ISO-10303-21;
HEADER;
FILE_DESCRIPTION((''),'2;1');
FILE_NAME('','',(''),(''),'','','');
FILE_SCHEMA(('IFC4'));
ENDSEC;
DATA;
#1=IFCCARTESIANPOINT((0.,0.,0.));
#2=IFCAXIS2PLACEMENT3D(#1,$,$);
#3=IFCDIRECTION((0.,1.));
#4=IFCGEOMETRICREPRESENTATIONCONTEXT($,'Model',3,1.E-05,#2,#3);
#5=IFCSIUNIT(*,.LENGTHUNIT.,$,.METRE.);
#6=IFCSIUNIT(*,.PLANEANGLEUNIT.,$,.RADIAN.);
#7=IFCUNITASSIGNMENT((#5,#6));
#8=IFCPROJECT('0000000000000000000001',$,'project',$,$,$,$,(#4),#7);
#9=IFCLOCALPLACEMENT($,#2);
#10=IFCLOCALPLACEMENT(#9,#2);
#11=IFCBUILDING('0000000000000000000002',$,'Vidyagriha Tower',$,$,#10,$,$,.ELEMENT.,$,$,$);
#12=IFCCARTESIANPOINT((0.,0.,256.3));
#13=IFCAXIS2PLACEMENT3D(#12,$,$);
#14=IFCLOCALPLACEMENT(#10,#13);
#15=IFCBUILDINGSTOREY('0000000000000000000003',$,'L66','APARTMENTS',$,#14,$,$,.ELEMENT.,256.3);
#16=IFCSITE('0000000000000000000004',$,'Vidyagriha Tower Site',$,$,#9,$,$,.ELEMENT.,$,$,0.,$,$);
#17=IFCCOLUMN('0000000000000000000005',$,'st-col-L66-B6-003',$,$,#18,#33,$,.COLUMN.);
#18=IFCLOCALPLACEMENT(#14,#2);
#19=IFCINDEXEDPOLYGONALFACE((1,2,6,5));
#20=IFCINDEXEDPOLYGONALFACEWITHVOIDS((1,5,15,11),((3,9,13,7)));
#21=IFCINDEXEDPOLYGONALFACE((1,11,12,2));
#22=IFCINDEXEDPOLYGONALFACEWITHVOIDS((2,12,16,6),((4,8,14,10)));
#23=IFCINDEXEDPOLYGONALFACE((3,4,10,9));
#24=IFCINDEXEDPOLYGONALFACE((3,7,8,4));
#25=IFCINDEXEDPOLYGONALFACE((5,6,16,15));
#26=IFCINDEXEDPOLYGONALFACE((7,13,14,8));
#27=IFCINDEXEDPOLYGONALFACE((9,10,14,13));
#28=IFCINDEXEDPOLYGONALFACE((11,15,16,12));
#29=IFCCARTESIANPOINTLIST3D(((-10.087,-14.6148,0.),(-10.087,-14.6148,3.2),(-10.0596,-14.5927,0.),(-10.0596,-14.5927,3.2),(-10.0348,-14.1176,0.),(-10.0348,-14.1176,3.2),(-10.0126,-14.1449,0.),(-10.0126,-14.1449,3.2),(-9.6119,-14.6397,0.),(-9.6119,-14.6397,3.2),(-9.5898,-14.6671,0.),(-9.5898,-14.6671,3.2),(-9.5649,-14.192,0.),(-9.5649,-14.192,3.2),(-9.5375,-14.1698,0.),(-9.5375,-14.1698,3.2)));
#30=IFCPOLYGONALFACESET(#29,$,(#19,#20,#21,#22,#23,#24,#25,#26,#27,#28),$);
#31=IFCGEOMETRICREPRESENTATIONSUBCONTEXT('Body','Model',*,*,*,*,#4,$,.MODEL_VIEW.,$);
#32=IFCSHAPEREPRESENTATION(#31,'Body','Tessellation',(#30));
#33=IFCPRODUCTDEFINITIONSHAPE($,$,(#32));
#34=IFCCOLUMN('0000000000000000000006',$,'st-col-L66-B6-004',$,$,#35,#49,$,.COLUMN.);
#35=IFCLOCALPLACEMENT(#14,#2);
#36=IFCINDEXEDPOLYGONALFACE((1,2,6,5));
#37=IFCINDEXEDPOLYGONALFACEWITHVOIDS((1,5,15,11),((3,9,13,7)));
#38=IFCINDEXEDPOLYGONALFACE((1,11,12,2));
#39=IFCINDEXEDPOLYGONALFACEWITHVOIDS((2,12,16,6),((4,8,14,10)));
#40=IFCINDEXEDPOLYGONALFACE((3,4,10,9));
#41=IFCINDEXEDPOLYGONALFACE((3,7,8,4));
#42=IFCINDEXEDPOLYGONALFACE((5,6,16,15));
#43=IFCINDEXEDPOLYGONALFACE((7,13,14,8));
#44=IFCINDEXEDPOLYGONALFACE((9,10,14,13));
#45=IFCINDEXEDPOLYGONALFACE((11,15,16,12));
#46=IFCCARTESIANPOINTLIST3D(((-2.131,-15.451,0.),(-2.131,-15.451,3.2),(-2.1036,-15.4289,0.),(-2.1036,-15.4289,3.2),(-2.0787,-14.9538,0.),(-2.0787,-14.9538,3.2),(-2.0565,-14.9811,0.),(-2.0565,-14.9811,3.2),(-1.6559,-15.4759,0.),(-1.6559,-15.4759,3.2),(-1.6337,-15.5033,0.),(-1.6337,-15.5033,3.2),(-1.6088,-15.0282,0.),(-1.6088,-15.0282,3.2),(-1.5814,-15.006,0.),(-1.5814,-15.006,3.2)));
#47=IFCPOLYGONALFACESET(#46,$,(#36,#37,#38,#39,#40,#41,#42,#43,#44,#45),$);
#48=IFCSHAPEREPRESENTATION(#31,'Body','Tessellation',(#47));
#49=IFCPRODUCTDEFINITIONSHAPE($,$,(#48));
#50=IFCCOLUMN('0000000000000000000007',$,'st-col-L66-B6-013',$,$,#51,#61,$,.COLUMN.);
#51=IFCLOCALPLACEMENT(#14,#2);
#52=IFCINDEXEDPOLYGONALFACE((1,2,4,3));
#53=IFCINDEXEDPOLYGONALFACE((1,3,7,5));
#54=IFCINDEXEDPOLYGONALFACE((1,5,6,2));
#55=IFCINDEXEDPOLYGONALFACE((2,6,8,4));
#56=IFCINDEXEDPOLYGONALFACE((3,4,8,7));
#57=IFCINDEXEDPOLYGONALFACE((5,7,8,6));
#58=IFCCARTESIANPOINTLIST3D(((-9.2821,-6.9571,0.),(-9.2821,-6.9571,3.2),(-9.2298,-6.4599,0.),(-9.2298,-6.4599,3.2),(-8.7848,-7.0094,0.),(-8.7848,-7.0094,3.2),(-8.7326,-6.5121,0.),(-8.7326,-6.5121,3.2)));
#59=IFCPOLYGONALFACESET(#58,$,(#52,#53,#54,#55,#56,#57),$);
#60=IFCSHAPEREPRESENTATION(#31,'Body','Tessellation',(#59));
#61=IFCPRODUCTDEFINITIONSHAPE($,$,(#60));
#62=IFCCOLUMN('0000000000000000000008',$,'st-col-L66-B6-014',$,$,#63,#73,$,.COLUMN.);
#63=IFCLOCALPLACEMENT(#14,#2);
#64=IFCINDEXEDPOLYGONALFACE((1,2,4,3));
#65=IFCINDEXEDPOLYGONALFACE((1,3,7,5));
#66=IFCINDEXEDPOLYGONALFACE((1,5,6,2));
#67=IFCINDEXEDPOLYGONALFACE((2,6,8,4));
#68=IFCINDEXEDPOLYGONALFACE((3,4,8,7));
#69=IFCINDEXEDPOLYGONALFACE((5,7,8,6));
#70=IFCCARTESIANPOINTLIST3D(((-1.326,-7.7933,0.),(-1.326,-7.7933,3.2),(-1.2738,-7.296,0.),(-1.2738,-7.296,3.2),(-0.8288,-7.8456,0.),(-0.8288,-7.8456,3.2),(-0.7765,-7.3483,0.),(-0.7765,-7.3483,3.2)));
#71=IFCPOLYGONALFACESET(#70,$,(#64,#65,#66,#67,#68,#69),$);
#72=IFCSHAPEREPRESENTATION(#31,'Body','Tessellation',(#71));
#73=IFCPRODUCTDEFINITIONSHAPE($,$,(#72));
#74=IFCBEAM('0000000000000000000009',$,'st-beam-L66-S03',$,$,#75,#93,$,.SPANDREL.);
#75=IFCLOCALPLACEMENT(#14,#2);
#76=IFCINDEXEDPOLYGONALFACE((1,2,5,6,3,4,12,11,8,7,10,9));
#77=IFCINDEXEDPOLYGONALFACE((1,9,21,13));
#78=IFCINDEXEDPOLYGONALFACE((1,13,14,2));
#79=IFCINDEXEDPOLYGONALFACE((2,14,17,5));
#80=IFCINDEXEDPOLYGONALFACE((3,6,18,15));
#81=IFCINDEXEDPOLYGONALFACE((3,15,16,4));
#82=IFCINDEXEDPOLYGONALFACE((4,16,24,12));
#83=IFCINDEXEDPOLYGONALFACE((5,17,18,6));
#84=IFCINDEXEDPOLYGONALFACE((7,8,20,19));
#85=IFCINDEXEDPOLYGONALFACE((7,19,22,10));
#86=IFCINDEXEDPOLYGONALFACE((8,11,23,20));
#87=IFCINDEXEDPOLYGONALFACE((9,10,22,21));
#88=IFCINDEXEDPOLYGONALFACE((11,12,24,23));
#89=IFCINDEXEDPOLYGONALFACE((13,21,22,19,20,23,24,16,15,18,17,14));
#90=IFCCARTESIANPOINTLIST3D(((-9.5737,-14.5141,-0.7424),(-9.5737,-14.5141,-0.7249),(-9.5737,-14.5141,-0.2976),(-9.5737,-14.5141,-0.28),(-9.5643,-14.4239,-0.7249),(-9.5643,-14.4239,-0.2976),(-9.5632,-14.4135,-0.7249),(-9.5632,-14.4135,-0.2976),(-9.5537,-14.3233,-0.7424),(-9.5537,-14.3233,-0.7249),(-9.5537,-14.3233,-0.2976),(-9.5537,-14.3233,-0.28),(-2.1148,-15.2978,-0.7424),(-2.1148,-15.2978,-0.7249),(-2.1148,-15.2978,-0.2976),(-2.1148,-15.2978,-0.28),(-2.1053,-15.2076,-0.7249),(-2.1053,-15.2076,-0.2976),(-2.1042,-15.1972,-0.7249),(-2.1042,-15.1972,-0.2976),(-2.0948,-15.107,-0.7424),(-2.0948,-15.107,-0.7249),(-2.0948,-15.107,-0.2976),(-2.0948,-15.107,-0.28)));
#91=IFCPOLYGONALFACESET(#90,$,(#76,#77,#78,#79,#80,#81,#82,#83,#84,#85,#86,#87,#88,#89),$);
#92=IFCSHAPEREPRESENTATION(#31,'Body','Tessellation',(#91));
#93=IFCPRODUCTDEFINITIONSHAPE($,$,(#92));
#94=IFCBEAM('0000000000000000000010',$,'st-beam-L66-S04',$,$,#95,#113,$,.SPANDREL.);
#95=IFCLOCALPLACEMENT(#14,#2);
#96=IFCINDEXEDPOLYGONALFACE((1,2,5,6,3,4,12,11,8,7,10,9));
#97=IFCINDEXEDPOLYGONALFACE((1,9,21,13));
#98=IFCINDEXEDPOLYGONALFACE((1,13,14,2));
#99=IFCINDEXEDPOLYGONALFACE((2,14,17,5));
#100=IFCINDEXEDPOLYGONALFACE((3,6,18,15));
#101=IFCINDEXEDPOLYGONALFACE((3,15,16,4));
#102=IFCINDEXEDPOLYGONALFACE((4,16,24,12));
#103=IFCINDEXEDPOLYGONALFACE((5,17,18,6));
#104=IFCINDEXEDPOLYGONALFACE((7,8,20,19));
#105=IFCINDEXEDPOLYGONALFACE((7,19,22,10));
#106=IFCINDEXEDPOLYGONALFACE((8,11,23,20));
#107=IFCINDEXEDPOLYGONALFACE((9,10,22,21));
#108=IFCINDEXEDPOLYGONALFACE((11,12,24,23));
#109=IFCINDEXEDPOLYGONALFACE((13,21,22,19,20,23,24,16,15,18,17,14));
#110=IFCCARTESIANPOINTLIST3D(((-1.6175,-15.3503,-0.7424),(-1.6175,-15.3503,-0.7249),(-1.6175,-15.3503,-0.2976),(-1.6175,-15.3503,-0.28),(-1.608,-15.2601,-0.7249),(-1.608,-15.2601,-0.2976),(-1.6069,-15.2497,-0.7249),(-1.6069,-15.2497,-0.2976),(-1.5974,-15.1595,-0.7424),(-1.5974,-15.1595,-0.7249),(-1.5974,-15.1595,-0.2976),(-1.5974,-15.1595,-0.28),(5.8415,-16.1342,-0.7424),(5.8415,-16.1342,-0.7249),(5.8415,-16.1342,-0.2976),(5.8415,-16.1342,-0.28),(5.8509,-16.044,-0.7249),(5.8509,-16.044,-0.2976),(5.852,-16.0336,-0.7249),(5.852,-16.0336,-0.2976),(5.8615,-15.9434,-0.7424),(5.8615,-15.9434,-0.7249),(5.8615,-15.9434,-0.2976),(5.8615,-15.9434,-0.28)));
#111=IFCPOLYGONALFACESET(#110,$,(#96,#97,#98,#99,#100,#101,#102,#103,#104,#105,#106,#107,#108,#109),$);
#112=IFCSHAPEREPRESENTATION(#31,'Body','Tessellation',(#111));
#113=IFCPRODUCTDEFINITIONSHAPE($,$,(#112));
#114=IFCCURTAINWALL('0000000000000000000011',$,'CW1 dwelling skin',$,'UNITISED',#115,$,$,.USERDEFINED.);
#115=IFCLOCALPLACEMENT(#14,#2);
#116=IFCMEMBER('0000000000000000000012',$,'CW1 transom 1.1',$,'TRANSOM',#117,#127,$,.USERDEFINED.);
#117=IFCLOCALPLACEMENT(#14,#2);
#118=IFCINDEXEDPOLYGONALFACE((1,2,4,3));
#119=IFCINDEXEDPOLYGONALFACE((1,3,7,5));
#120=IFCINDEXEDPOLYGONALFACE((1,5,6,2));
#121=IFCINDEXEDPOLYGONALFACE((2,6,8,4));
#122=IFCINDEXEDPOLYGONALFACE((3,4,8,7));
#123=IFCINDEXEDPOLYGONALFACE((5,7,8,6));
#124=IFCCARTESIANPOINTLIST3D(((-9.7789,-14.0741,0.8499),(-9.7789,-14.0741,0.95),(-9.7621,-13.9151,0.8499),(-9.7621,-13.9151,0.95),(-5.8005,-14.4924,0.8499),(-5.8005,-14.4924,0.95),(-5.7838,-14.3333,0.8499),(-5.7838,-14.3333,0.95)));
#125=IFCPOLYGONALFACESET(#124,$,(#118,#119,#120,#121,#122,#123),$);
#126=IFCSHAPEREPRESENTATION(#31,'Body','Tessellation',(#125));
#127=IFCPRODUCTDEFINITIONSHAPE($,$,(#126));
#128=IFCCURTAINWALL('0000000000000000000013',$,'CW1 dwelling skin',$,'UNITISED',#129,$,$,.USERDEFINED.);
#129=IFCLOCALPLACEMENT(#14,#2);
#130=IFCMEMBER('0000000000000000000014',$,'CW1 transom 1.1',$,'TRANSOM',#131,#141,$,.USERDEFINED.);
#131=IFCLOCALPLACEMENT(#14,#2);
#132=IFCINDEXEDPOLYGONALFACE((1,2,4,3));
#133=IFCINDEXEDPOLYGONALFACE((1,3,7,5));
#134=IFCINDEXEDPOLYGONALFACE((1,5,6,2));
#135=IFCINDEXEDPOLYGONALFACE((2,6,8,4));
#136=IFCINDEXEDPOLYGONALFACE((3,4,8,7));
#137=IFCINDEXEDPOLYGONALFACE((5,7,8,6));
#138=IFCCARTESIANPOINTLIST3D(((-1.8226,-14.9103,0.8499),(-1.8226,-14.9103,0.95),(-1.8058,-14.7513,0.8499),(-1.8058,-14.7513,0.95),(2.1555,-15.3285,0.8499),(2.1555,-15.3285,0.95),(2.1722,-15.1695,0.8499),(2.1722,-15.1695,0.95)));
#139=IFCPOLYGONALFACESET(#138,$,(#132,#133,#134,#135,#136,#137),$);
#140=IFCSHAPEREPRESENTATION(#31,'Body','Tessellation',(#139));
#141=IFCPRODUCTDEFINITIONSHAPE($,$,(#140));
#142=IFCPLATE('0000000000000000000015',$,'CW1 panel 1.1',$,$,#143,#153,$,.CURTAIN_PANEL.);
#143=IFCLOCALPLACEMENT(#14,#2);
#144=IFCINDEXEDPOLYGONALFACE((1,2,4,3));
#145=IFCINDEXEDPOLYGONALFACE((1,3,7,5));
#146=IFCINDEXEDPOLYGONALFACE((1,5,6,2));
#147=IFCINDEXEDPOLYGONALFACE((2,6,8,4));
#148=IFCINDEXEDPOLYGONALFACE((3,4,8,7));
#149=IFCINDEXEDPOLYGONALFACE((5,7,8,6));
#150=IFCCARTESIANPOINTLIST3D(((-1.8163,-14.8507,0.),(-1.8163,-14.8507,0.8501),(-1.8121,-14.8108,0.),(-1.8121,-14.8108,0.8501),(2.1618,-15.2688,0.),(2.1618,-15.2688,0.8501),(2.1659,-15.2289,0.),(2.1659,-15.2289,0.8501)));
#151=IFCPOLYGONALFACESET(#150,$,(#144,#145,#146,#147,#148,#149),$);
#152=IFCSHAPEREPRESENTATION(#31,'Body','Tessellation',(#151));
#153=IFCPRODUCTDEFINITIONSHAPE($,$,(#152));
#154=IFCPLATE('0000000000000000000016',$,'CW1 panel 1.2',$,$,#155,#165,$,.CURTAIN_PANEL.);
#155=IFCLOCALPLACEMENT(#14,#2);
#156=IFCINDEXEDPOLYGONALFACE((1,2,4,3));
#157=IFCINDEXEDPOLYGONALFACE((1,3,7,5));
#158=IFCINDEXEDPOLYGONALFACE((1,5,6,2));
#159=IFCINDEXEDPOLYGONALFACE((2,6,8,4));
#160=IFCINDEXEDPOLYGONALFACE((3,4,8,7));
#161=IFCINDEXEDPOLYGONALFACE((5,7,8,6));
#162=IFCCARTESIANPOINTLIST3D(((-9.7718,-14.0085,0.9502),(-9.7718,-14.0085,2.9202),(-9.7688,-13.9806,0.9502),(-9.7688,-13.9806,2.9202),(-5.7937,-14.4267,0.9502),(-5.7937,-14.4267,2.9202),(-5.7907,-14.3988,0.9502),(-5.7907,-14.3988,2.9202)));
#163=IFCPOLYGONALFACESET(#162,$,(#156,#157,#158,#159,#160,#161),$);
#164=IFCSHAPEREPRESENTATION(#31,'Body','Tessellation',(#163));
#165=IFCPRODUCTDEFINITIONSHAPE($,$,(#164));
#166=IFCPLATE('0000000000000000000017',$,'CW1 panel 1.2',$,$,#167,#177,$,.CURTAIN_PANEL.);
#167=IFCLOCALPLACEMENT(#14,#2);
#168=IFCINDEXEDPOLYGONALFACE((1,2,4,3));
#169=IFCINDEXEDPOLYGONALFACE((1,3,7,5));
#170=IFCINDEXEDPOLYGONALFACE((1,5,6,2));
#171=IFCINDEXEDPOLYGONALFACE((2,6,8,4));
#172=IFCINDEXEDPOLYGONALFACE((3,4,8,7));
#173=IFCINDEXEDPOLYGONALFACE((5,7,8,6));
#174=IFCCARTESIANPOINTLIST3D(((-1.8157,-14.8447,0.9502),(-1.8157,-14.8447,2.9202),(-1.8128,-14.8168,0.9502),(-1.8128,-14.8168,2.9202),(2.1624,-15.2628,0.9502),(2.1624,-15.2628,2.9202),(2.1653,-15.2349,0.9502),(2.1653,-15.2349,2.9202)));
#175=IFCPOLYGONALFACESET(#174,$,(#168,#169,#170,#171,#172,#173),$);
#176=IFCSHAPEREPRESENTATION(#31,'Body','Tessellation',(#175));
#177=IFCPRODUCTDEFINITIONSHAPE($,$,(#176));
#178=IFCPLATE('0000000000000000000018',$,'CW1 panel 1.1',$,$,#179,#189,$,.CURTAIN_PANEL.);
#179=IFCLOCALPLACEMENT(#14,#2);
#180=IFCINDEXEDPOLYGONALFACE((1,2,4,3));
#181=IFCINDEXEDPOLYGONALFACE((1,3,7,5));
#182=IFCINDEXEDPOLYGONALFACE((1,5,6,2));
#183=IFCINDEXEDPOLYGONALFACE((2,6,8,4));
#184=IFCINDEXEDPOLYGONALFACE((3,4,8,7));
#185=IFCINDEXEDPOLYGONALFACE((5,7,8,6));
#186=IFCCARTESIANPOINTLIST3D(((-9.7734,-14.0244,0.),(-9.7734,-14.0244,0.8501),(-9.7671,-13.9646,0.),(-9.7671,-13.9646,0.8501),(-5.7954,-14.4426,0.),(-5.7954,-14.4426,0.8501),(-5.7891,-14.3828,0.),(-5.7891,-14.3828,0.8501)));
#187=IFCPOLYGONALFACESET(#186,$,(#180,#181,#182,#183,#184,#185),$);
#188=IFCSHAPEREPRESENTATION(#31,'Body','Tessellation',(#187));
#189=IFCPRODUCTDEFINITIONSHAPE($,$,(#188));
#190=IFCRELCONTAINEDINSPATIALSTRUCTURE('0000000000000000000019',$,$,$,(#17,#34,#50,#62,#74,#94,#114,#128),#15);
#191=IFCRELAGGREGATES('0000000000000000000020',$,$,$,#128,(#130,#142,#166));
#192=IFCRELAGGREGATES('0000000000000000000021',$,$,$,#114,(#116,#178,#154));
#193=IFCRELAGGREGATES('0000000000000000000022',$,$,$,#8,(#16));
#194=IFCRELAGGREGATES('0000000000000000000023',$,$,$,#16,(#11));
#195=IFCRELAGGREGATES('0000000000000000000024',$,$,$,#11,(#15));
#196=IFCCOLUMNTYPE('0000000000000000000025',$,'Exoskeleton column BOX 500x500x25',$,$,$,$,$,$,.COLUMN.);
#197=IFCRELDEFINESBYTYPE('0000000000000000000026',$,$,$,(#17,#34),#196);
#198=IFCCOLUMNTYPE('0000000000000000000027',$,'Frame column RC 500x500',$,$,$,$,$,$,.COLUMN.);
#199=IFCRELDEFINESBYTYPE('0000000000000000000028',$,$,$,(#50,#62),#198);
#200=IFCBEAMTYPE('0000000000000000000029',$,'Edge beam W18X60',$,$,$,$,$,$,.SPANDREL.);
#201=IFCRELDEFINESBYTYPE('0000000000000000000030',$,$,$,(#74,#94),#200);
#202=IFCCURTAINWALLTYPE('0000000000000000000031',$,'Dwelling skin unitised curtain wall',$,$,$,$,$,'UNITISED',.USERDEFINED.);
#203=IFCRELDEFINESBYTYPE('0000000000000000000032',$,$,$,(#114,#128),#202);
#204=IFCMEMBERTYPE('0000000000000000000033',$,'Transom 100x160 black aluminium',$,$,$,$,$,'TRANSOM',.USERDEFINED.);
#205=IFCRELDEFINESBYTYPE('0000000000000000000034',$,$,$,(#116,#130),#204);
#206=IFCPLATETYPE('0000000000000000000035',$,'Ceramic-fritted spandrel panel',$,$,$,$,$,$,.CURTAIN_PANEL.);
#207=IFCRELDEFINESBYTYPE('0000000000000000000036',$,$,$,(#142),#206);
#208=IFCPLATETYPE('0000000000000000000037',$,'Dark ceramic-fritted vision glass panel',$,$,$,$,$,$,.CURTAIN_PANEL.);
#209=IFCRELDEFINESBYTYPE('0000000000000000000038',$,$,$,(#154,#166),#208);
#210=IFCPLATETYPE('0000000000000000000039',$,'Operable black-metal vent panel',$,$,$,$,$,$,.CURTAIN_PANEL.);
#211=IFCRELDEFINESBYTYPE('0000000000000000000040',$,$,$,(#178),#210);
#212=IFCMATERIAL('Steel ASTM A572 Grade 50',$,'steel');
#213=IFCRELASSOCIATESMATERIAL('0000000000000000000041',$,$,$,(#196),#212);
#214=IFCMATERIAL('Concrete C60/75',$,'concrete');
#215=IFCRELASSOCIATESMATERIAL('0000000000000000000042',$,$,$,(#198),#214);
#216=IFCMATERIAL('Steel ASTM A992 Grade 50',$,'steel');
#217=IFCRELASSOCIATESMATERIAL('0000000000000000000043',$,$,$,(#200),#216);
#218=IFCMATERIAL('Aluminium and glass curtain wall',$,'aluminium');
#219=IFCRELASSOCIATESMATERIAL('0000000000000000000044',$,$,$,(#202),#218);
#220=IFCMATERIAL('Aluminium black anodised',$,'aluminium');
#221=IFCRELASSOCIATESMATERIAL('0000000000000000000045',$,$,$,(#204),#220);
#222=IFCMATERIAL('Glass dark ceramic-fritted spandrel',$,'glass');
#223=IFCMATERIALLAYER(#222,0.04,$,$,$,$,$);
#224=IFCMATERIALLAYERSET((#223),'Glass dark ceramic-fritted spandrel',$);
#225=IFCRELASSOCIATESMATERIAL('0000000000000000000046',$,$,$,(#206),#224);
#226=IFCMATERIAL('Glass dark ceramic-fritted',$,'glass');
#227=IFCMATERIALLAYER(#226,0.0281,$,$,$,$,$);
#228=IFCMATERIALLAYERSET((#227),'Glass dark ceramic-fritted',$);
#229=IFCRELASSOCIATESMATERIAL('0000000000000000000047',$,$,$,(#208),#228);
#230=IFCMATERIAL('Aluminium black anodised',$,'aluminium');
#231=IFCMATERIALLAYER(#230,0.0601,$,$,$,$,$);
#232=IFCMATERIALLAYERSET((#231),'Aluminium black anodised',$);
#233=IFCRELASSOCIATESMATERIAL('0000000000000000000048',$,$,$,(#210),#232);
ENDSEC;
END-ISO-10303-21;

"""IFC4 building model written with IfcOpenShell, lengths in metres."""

from ifc_helpers import new_model, si_unit, direction, frame, origin, origin_2d, place, context, subcontext, project, spatial, rectangle, hollow_rectangle, i_section, extrude, material, layer, layer_set, material_profile, profile_set, type_object, element, aggregate, save


model = new_model("IFC4")

# Units and contexts
model_context = context("Model", 3, precision=1e-05, world=origin(), true_north=direction((0.0, 1.0)))
body_context = subcontext(model_context, "Body", "Model", "MODEL_VIEW")
ifc_project = project(units=[si_unit("LENGTHUNIT", "METRE"), si_unit("PLANEANGLEUNIT", "RADIAN")], contexts=[model_context])

# Site, building, storey
site_placement = place(None, origin())
site = spatial("IfcSite", under=ifc_project, at=site_placement, Name="Vidyagriha Tower Site", CompositionType="ELEMENT", RefElevation=0.0)
building_placement = place(site_placement, origin())
building = spatial("IfcBuilding", under=site, at=building_placement, Name="Vidyagriha Tower", CompositionType="ELEMENT")
storey_placement = place(building_placement, frame((0.0, 0.0, 256.3)))
storey = spatial("IfcBuildingStorey", under=building, at=storey_placement, Name="L66", Description="APARTMENTS", CompositionType="ELEMENT", Elevation=256.3)

# Columns
ifc_material_1 = material(Name="Steel ASTM A572 Grade 50", Category="steel")
ifc_material_profile_1 = material_profile(ifc_material_1, hollow_rectangle(XDim=0.5, YDim=0.5, WallThickness=0.0249, at=origin_2d()), Name="BOX 500x500x25")
ifc_profile_set_1 = profile_set([ifc_material_profile_1], Name="Steel ASTM A572 Grade 50")
column_type_1 = type_object("IfcColumnType", Name="Exoskeleton column BOX 500x500x25", PredefinedType="COLUMN", material=ifc_profile_set_1)
for number, where, z_axis, x_axis, name in (
    (1, (-9.8123, -14.3923, 0.0), (0.0, 0.0, 1.0), (0.994522, -0.104528, 0.0), "st-col-L66-B6-003"),
    (2, (-1.8562, -15.2285, 0.0), (0.0, 0.0, 1.0), (0.994522, -0.104528, 0.0), "st-col-L66-B6-004"),
):
    element("IfcColumn", number, at=place(storey_placement, frame(where, z_axis=z_axis, x_axis=x_axis)), inside=storey, type_object=column_type_1, Name=name, PredefinedType="COLUMN", context=body_context, shape_type="SweptSolid", body=[
        extrude(hollow_rectangle(XDim=0.5, YDim=0.5, WallThickness=0.0249, at=origin_2d()), origin(), (0.0, 0.0, 1.0), 3.2),
    ])
ifc_material_2 = material(Name="Concrete C60/75", Category="concrete")
ifc_material_profile_2 = material_profile(ifc_material_2, rectangle(XDim=0.5, YDim=0.5, at=origin_2d()), Name="RC 500x500")
ifc_profile_set_2 = profile_set([ifc_material_profile_2], Name="Concrete C60/75")
column_type_2 = type_object("IfcColumnType", Name="Frame column RC 500x500", PredefinedType="COLUMN", material=ifc_profile_set_2)
for number, where, z_axis, x_axis, name in (
    (3, (-9.0073, -6.7346, 0.0), (0.0, 0.0, 1.0), (0.994522, -0.104528, 0.0), "st-col-L66-B6-013"),
    (4, (-1.0513, -7.5708, 0.0), (0.0, 0.0, 1.0), (0.994522, -0.104528, 0.0), "st-col-L66-B6-014"),
):
    element("IfcColumn", number, at=place(storey_placement, frame(where, z_axis=z_axis, x_axis=x_axis)), inside=storey, type_object=column_type_2, Name=name, PredefinedType="COLUMN", context=body_context, shape_type="SweptSolid", body=[
        extrude(rectangle(XDim=0.5, YDim=0.5, at=origin_2d()), origin(), (0.0, 0.0, 1.0), 3.2),
    ])

# Beams
ifc_material_3 = material(Name="Steel ASTM A992 Grade 50", Category="steel")
ifc_material_profile_3 = material_profile(ifc_material_3, i_section(OverallWidth=0.1919, OverallDepth=0.4624, WebThickness=0.0105, FlangeThickness=0.0176, at=origin_2d()), Name="W18X60")
ifc_profile_set_3 = profile_set([ifc_material_profile_3], Name="Steel ASTM A992 Grade 50")
beam_type = type_object("IfcBeamType", Name="Edge beam W18X60", PredefinedType="SPANDREL", material=ifc_profile_set_3)
for number, where, z_axis, x_axis, name in (
    (5, (-9.5637, -14.4187, -0.5112), (0.994526, -0.104492, 0.0), (0.104492, 0.994526, 0.0), "st-beam-L66-S03"),
    (6, (-1.6074, -15.2549, -0.5112), (0.994522, -0.104524, 0.0), (0.104524, 0.994522, 0.0), "st-beam-L66-S04"),
):
    element("IfcBeam", number, at=place(storey_placement, frame(where, z_axis=z_axis, x_axis=x_axis)), inside=storey, type_object=beam_type, Name=name, PredefinedType="SPANDREL", context=body_context, shape_type="SweptSolid", body=[
        extrude(i_section(OverallWidth=0.1919, OverallDepth=0.4624, WebThickness=0.0105, FlangeThickness=0.0176, at=origin_2d()), origin(), (0.0, 0.0, 1.0), 7.5),
    ])

# Curtain wall, member
ifc_material_4 = material(Name="Aluminium and glass curtain wall", Category="aluminium")
curtain_wall_type = type_object("IfcCurtainWallType", Name="Dwelling skin unitised curtain wall", ElementType="UNITISED", PredefinedType="USERDEFINED", material=ifc_material_4)
curtain_wall_1_placement = place(storey_placement, origin())
curtain_wall_1 = element("IfcCurtainWall", 7, at=curtain_wall_1_placement, inside=storey, type_object=curtain_wall_type, Name="CW1 dwelling skin", ObjectType="UNITISED", PredefinedType="USERDEFINED")
ifc_material_5 = material(Name="Aluminium black anodised", Category="aluminium")
ifc_material_profile_4 = material_profile(ifc_material_5, rectangle(XDim=0.1599, YDim=0.1001, at=origin_2d()), Name="Transom 100x160 black aluminium")
ifc_profile_set_4 = profile_set([ifc_material_profile_4], Name="Aluminium black anodised")
member_type = type_object("IfcMemberType", Name="Transom 100x160 black aluminium", ElementType="TRANSOM", PredefinedType="USERDEFINED", material=ifc_profile_set_4)
member_1_placement = place(storey_placement, frame((-9.7705, -13.9946, 0.8999), z_axis=(0.99452, -0.104548, 0.0), x_axis=(0.104548, 0.99452, 0.0)))
member_1 = element("IfcMember", 8, at=member_1_placement, type_object=member_type, Name="CW1 transom 1.1", ObjectType="TRANSOM", PredefinedType="USERDEFINED", context=body_context, shape_type="SweptSolid", body=[
    extrude(rectangle(XDim=0.1599, YDim=0.1001, at=origin_2d()), origin(), (0.0, 0.0, 1.0), 4.0002),
])

# Curtain wall, member, plate
curtain_wall_2_placement = place(storey_placement, origin())
curtain_wall_2 = element("IfcCurtainWall", 9, at=curtain_wall_2_placement, inside=storey, type_object=curtain_wall_type, Name="CW1 dwelling skin", ObjectType="UNITISED", PredefinedType="USERDEFINED")
member_2_placement = place(storey_placement, frame((-1.8142, -14.8308, 0.8999), z_axis=(0.994519, -0.104555, 0.0), x_axis=(0.104555, 0.994519, 0.0)))
member_2 = element("IfcMember", 10, at=member_2_placement, type_object=member_type, Name="CW1 transom 1.1", ObjectType="TRANSOM", PredefinedType="USERDEFINED", context=body_context, shape_type="SweptSolid", body=[
    extrude(rectangle(XDim=0.1599, YDim=0.1001, at=origin_2d()), origin(), (0.0, 0.0, 1.0), 4.0),
])
ifc_material_6 = material(Name="Glass dark ceramic-fritted spandrel", Category="glass")
ifc_layer_1 = layer(ifc_material_6, 0.04)
ifc_layer_set_1 = layer_set([ifc_layer_1], Name="Glass dark ceramic-fritted spandrel")
plate_type_1 = type_object("IfcPlateType", Name="Ceramic-fritted spandrel panel", PredefinedType="CURTAIN_PANEL", material=ifc_layer_set_1)
plate_1_placement = place(storey_placement, frame((0.1748, -15.0398, 0.0), z_axis=(0.0, 0.0, 1.0), x_axis=(0.994522, -0.104527, 0.0)))
plate_1 = element("IfcPlate", 11, at=plate_1_placement, type_object=plate_type_1, Name="CW1 panel 1.1", PredefinedType="CURTAIN_PANEL", context=body_context, shape_type="SweptSolid", body=[
    extrude(rectangle(XDim=4.0, YDim=0.04, at=origin_2d()), origin(), (0.0, 0.0, 1.0), 0.8501),
])

# Plates
ifc_material_7 = material(Name="Glass dark ceramic-fritted", Category="glass")
ifc_layer_2 = layer(ifc_material_7, 0.0281)
ifc_layer_set_2 = layer_set([ifc_layer_2], Name="Glass dark ceramic-fritted")
plate_type_2 = type_object("IfcPlateType", Name="Dark ceramic-fritted vision glass panel", PredefinedType="CURTAIN_PANEL", material=ifc_layer_set_2)
plate_2_placement = place(storey_placement, frame((-7.7812, -14.2036, 0.9502), z_axis=(0.0, 0.0, 1.0), x_axis=(0.99452, -0.104549, 0.0)))
plate_2 = element("IfcPlate", 12, at=plate_2_placement, type_object=plate_type_2, Name="CW1 panel 1.2", PredefinedType="CURTAIN_PANEL", context=body_context, shape_type="SweptSolid", body=[
    extrude(rectangle(XDim=4.0, YDim=0.0281, at=origin_2d()), origin(), (0.0, 0.0, 1.0), 1.97),
])
plate_3_placement = place(storey_placement, frame((0.1748, -15.0398, 0.9502), z_axis=(0.0, 0.0, 1.0), x_axis=(0.994522, -0.104527, 0.0)))
plate_3 = element("IfcPlate", 13, at=plate_3_placement, type_object=plate_type_2, Name="CW1 panel 1.2", PredefinedType="CURTAIN_PANEL", context=body_context, shape_type="SweptSolid", body=[
    extrude(rectangle(XDim=4.0, YDim=0.0281, at=origin_2d()), origin(), (0.0, 0.0, 1.0), 1.97),
])
aggregate(curtain_wall_2, [member_2, plate_1, plate_3])
ifc_material_8 = material(Name="Aluminium black anodised", Category="aluminium")
ifc_layer_3 = layer(ifc_material_8, 0.0601)
ifc_layer_set_3 = layer_set([ifc_layer_3], Name="Aluminium black anodised")
plate_type_3 = type_object("IfcPlateType", Name="Operable black-metal vent panel", PredefinedType="CURTAIN_PANEL", material=ifc_layer_set_3)
plate_4_placement = place(storey_placement, frame((-7.7812, -14.2036, 0.0), z_axis=(0.0, 0.0, 1.0), x_axis=(0.99452, -0.104549, 0.0)))
plate_4 = element("IfcPlate", 14, at=plate_4_placement, type_object=plate_type_3, Name="CW1 panel 1.1", PredefinedType="CURTAIN_PANEL", context=body_context, shape_type="SweptSolid", body=[
    extrude(rectangle(XDim=4.0, YDim=0.0601, at=origin_2d()), origin(), (0.0, 0.0, 1.0), 0.8501),
])
aggregate(curtain_wall_1, [member_1, plate_4, plate_2])

save(model, "model.ifc")
